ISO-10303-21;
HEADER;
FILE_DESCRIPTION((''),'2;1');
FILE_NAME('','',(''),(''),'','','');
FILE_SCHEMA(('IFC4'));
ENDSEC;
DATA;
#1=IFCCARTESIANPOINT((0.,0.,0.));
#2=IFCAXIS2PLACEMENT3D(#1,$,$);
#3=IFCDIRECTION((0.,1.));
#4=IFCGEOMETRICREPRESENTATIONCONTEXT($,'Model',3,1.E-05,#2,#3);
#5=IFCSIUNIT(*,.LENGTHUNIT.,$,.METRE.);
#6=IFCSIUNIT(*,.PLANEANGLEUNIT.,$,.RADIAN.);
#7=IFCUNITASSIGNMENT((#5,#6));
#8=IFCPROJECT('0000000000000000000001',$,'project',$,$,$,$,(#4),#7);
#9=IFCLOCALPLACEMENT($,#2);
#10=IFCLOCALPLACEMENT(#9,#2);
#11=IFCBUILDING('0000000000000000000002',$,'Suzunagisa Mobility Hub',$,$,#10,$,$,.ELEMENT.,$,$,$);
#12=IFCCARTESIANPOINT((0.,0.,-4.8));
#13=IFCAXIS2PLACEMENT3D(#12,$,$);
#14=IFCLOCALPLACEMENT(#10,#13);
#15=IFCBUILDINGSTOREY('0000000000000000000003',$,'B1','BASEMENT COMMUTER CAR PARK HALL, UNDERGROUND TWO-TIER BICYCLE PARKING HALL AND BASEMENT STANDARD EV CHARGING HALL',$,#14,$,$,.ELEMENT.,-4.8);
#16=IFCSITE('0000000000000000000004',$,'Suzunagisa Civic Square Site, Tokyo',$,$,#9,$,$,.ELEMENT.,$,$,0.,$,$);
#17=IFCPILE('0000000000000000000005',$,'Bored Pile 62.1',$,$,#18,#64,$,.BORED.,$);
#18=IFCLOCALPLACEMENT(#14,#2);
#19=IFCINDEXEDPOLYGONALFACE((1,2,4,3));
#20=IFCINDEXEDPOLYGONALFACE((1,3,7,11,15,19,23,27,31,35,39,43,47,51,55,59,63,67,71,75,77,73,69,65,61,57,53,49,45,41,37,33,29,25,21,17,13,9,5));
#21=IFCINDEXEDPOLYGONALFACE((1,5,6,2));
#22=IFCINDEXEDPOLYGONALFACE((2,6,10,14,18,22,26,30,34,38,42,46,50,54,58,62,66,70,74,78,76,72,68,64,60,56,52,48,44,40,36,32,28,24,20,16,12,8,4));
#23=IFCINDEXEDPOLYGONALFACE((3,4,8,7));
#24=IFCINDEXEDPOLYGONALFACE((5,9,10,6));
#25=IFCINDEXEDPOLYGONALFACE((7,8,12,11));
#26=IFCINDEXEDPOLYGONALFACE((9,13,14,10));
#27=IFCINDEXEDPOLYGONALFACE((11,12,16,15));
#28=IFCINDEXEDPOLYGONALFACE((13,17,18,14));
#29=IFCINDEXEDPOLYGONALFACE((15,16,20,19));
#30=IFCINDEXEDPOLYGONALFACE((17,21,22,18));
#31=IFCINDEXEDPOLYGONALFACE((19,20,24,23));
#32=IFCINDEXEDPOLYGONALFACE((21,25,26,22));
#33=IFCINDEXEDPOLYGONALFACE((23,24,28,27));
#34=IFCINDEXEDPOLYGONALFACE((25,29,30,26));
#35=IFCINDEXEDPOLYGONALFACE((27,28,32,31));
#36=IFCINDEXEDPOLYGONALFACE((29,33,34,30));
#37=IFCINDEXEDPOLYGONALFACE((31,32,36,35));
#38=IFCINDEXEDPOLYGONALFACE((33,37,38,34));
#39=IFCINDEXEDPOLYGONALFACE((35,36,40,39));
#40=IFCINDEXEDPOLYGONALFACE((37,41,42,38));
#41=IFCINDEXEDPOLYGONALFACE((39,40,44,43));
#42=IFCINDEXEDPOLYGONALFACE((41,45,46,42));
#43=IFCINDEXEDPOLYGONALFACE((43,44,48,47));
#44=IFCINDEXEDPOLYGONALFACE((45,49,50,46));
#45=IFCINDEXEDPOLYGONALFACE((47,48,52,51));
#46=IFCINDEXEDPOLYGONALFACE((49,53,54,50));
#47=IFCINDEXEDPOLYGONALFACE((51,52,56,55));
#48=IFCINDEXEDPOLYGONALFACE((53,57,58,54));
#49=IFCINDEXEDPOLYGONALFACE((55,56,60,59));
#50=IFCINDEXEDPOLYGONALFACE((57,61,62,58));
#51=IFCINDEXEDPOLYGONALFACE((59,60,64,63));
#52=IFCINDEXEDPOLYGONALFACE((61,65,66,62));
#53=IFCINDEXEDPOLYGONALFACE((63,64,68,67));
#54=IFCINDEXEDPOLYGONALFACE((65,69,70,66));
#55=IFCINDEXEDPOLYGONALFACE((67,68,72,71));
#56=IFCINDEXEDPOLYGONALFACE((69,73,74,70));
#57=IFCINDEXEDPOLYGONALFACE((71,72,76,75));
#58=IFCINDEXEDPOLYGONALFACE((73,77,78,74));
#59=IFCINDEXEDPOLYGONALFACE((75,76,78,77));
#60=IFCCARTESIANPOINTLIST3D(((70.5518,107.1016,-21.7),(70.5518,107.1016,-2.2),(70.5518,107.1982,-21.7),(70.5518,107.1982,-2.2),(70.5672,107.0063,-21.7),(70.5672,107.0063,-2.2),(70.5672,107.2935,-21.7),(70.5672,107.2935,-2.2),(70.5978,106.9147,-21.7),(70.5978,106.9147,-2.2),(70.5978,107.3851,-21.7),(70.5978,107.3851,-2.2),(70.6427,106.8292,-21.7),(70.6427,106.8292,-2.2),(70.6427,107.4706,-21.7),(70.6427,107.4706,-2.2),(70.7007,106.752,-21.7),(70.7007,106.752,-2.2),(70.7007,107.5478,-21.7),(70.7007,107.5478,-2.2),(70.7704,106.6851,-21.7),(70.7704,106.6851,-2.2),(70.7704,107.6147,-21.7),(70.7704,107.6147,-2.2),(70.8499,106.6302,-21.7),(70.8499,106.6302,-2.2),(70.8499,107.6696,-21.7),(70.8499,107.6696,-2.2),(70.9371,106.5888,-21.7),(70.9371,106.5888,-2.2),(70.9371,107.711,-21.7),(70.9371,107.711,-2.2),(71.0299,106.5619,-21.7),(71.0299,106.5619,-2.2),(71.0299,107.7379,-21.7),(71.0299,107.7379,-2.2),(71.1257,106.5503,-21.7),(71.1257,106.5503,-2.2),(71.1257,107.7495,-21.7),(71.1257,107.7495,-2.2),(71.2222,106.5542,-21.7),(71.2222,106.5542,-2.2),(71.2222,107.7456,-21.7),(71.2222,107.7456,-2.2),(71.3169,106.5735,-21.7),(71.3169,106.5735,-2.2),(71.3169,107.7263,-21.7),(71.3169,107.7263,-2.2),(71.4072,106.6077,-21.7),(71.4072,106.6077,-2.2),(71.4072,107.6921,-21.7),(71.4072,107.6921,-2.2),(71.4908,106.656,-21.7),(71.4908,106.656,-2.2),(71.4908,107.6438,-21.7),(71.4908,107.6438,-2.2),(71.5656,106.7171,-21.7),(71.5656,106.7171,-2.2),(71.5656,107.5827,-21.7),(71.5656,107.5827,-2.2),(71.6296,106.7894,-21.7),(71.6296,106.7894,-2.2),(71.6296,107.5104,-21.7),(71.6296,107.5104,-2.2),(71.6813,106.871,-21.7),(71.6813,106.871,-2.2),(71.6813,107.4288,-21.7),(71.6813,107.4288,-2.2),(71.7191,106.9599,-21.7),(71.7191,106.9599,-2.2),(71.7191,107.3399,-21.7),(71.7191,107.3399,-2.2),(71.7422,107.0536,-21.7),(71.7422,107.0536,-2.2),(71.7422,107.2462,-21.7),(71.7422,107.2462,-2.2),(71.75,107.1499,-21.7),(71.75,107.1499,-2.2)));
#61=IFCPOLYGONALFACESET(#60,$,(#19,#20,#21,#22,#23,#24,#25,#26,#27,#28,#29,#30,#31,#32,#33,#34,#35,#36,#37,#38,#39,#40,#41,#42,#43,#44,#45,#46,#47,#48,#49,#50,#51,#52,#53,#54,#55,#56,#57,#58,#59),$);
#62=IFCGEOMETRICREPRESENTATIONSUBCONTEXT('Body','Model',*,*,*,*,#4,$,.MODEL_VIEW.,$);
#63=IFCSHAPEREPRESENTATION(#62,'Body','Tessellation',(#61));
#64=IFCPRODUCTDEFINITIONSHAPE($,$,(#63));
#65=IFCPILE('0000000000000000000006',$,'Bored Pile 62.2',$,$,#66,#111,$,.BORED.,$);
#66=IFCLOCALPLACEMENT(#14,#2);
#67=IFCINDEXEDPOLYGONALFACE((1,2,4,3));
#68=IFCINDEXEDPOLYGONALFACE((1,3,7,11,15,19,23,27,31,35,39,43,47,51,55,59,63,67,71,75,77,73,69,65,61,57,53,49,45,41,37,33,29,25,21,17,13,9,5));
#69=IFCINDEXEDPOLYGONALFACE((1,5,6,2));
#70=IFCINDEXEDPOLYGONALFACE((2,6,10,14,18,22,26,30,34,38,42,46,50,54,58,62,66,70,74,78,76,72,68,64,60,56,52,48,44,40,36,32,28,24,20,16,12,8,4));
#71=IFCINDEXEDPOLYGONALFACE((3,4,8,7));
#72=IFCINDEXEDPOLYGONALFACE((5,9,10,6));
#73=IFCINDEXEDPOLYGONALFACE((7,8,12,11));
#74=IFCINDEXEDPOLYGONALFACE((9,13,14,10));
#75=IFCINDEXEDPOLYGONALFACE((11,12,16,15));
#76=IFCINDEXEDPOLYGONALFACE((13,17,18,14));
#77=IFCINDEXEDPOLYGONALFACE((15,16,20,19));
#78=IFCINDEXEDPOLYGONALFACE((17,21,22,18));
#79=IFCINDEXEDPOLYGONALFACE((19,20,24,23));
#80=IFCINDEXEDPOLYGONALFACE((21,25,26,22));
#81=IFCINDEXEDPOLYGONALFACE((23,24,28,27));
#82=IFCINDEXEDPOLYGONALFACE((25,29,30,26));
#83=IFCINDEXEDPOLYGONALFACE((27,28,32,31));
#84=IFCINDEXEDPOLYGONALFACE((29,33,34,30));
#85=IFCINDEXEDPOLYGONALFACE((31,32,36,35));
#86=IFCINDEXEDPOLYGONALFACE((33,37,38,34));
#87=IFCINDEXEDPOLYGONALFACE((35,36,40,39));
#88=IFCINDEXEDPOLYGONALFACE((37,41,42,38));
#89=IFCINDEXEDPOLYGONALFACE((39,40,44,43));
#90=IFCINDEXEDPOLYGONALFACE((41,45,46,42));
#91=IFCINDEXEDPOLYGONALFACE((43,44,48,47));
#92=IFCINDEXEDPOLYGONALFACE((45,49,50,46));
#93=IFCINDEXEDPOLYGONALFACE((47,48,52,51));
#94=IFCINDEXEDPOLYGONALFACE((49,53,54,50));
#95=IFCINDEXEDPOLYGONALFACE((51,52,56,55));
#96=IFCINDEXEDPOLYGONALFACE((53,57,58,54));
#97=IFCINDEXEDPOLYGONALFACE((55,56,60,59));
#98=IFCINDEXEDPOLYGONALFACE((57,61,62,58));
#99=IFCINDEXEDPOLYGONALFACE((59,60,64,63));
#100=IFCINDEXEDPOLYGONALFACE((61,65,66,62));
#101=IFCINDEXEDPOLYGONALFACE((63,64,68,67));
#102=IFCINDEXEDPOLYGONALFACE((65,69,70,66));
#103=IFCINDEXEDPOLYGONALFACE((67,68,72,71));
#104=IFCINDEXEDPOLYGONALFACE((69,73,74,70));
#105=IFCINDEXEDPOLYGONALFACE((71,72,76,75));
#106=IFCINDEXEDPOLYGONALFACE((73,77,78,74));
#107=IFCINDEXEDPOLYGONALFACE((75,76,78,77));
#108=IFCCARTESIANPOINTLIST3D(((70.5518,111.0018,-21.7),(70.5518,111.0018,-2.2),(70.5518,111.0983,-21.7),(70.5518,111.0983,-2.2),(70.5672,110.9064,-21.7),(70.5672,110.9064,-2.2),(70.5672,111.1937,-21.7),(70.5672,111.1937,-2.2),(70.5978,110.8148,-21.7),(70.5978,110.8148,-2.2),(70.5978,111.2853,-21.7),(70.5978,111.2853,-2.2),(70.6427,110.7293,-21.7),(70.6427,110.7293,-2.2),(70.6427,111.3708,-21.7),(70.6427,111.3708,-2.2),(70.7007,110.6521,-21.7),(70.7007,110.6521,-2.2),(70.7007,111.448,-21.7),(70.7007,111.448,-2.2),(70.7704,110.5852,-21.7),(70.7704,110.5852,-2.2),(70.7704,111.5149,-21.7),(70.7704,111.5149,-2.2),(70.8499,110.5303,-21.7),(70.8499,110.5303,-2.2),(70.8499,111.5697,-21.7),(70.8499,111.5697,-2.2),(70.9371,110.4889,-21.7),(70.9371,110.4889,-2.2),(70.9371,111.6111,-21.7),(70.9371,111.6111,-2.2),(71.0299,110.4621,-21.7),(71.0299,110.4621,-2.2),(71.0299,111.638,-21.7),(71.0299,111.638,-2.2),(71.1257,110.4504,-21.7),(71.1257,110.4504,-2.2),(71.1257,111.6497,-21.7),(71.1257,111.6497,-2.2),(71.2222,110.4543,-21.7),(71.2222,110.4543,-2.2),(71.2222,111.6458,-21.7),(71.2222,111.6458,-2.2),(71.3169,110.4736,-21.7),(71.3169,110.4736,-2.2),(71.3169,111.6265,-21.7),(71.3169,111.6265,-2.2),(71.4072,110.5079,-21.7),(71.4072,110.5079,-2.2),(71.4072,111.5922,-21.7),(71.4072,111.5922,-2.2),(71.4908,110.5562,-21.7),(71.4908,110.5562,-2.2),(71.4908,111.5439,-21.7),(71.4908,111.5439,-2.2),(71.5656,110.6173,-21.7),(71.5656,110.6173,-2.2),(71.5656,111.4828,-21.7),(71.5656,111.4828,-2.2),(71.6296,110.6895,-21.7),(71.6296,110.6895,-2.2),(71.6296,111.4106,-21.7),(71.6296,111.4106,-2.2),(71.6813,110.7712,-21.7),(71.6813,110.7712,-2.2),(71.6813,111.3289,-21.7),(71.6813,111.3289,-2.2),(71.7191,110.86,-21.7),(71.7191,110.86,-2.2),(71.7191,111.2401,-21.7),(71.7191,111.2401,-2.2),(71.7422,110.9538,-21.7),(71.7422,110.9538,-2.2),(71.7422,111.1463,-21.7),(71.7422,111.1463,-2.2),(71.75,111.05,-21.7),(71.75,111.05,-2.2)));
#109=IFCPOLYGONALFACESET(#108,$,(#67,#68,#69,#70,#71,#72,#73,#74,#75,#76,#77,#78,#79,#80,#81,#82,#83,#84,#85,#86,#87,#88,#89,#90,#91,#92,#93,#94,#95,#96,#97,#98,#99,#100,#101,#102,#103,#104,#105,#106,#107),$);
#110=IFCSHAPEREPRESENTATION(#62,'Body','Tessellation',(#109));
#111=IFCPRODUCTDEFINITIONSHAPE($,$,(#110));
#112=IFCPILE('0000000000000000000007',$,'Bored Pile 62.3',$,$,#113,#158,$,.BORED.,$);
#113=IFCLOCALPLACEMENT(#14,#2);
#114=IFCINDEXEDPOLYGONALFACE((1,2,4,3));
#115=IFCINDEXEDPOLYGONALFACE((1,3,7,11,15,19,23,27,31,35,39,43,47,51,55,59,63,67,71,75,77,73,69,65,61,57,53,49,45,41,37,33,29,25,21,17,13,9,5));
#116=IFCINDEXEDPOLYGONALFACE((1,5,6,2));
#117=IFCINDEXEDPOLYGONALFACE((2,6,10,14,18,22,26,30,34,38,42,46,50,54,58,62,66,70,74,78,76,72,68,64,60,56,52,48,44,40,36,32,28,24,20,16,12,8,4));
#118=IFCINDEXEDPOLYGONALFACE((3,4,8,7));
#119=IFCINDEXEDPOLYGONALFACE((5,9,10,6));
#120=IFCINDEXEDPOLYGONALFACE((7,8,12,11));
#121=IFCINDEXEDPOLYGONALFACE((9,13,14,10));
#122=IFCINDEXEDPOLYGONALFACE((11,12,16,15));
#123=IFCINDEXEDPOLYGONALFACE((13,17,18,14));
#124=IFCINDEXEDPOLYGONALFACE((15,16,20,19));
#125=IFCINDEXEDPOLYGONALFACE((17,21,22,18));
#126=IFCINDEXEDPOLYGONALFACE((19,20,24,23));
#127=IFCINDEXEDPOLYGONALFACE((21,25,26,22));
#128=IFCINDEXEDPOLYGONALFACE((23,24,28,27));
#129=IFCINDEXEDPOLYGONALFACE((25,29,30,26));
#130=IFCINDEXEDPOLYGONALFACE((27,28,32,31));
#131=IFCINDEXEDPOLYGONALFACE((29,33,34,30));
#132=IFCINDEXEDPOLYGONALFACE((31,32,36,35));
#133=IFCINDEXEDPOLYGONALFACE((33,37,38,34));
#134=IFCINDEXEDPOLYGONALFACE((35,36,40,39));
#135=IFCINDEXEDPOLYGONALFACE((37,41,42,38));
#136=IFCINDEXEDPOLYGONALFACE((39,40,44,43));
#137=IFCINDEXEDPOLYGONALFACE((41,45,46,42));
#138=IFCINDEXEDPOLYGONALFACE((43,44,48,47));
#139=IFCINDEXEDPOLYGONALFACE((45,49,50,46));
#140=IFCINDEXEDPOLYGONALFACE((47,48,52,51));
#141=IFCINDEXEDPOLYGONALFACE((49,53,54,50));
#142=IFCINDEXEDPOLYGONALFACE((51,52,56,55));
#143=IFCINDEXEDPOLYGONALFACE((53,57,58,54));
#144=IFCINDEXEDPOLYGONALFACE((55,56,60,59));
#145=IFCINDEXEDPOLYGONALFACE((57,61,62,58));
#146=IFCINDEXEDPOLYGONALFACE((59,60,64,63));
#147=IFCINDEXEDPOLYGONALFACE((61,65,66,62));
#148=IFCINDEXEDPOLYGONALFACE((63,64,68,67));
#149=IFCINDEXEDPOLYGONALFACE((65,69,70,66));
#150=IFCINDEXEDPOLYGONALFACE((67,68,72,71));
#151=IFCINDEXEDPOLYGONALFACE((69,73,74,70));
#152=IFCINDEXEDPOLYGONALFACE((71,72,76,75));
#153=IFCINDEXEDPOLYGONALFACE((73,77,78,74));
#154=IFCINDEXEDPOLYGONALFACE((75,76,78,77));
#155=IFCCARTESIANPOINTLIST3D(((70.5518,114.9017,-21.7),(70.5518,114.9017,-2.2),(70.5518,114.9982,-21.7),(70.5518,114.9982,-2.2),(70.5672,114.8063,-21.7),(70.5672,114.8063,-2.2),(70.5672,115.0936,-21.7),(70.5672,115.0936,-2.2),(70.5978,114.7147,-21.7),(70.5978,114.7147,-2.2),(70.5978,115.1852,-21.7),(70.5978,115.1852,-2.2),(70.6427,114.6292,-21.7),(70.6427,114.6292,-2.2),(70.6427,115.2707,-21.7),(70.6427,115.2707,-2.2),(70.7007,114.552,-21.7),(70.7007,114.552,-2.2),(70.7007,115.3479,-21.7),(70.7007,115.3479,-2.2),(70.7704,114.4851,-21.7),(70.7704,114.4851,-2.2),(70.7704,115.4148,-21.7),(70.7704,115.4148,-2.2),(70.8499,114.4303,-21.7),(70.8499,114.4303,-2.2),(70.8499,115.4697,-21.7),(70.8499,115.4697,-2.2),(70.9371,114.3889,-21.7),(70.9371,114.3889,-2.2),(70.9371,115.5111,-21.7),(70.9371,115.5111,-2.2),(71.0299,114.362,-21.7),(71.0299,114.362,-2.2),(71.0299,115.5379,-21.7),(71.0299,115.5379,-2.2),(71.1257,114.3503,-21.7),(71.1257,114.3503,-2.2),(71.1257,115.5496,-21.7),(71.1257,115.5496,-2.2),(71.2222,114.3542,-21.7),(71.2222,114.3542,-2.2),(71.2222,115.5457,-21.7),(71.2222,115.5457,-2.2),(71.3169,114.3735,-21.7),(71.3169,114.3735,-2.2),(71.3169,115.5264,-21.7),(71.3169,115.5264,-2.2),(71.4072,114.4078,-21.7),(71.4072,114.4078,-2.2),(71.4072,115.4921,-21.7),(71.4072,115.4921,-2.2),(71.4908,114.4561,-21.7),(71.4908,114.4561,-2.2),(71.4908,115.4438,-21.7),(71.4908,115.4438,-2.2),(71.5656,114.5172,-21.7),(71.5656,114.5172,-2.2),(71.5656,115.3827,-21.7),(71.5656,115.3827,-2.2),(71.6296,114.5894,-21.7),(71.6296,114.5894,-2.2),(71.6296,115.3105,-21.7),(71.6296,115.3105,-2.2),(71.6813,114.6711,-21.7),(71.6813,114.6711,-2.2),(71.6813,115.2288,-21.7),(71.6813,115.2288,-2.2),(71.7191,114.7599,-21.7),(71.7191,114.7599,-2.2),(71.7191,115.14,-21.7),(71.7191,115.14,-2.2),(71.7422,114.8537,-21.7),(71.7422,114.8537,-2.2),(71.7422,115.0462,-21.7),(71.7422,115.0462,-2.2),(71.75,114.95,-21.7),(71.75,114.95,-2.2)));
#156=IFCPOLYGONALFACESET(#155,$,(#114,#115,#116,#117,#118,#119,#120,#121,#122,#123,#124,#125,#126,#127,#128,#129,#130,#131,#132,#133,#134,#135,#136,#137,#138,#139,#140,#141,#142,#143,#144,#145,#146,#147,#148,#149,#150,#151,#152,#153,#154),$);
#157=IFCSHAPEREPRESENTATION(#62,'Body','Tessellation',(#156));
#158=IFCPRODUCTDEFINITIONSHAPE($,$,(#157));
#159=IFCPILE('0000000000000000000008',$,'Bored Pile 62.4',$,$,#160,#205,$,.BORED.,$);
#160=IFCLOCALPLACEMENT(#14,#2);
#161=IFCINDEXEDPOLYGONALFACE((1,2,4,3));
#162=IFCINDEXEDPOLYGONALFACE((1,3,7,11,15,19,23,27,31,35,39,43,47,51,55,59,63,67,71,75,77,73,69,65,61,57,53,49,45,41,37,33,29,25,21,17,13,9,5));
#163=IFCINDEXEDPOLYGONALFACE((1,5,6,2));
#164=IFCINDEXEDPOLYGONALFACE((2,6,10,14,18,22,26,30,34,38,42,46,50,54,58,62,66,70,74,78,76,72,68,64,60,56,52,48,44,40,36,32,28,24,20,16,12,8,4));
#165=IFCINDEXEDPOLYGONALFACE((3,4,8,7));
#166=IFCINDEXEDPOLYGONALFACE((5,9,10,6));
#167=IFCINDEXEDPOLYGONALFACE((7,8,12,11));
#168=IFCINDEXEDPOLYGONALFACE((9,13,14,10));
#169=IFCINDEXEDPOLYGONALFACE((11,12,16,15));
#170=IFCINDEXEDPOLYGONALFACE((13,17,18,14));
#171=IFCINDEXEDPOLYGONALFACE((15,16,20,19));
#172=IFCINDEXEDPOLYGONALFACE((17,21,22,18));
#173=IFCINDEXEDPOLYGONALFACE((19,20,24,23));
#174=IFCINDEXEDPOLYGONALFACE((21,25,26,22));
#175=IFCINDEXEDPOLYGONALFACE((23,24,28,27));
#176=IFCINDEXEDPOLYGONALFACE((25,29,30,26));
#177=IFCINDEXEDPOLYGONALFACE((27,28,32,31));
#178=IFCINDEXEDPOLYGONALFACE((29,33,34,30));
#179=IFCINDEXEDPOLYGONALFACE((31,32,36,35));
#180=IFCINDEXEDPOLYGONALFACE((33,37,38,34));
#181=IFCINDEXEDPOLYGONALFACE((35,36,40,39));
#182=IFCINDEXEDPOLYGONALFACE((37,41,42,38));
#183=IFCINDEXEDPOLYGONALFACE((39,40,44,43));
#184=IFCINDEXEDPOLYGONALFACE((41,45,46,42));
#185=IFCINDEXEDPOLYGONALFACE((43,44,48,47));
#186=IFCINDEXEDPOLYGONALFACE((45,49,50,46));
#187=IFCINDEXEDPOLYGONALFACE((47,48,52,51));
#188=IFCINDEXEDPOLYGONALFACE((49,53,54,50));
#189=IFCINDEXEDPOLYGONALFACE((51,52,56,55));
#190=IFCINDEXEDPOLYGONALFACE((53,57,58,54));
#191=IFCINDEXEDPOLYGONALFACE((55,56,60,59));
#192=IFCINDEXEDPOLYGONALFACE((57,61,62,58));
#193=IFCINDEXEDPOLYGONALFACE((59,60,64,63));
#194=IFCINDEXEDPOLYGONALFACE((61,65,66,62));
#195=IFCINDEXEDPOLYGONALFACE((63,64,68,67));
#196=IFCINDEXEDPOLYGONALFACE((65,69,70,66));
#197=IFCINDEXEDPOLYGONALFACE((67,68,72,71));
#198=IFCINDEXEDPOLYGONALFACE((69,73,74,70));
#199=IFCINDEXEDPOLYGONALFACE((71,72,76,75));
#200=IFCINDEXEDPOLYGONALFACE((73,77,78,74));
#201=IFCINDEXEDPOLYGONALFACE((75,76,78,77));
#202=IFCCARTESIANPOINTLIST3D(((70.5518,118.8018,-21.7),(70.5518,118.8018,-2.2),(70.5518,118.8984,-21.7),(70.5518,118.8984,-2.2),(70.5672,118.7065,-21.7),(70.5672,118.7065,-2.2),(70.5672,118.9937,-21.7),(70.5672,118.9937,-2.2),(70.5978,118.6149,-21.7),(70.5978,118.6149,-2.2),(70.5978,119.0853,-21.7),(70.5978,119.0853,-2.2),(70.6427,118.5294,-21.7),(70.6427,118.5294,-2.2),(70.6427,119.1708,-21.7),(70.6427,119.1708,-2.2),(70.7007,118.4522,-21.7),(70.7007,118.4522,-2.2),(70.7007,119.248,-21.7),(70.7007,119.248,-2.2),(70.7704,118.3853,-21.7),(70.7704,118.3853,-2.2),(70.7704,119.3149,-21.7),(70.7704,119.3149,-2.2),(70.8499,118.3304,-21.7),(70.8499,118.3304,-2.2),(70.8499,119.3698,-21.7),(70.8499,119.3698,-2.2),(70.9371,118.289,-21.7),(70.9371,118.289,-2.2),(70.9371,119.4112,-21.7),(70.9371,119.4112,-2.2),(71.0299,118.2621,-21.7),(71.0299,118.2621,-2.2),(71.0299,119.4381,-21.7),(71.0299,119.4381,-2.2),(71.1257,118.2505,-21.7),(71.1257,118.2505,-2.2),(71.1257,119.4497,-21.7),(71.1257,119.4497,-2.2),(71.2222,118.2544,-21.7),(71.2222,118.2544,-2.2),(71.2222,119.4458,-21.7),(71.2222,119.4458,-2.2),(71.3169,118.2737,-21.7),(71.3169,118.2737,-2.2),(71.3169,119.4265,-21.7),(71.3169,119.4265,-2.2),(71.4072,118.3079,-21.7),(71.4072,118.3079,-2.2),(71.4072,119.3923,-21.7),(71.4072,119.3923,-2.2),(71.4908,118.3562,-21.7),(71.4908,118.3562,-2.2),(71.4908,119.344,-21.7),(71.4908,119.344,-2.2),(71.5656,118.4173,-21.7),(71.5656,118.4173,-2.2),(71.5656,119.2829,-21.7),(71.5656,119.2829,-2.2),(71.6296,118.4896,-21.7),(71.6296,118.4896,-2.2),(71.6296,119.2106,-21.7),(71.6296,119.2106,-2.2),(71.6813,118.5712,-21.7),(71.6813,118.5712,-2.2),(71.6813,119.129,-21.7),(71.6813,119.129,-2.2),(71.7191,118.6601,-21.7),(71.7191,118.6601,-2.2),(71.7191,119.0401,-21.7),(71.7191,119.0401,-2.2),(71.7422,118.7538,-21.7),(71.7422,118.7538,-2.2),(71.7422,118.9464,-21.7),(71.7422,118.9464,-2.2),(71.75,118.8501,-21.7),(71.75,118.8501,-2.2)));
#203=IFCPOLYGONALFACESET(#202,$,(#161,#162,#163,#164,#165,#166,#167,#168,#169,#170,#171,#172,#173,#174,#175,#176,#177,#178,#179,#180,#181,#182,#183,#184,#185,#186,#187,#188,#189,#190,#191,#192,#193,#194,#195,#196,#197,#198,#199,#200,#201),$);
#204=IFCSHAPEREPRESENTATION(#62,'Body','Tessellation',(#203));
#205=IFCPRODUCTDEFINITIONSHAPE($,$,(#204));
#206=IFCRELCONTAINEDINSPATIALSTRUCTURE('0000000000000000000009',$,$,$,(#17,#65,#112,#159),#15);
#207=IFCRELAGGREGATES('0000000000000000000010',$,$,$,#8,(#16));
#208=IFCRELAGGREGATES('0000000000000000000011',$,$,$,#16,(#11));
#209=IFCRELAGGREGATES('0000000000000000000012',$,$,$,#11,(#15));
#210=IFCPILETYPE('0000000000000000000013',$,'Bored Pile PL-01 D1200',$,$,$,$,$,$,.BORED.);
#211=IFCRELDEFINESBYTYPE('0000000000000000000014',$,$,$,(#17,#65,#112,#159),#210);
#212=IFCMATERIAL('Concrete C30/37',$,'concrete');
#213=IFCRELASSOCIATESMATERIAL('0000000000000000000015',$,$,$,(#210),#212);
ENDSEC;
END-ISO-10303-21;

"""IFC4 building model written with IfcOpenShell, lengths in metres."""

from ifc_helpers import new_model, si_unit, direction, frame, origin, origin_2d, place, context, subcontext, project, spatial, circle, extrude, material, material_profile, profile_set, type_object, element, save


model = new_model("IFC4")

# Units and contexts
model_context = context("Model", 3, precision=1e-05, world=origin(), true_north=direction((0.0, 1.0)))
body_context = subcontext(model_context, "Body", "Model", "MODEL_VIEW")
ifc_project = project(units=[si_unit("LENGTHUNIT", "METRE"), si_unit("PLANEANGLEUNIT", "RADIAN")], contexts=[model_context])

# Site, building, storey
site_placement = place(None, origin())
site = spatial("IfcSite", under=ifc_project, at=site_placement, Name="Suzunagisa Civic Square Site, Tokyo", CompositionType="ELEMENT", RefElevation=0.0)
building_placement = place(site_placement, origin())
building = spatial("IfcBuilding", under=site, at=building_placement, Name="Suzunagisa Mobility Hub", CompositionType="ELEMENT")
storey_placement = place(building_placement, frame((0.0, 0.0, -4.8)))
storey = spatial("IfcBuildingStorey", under=building, at=storey_placement, Name="B1", Description="BASEMENT COMMUTER CAR PARK HALL, UNDERGROUND TWO-TIER BICYCLE PARKING HALL AND BASEMENT STANDARD EV CHARGING HALL", CompositionType="ELEMENT", Elevation=-4.8)

# Piles
ifc_material_1 = material(Name="Concrete C30/37", Category="concrete")
ifc_material_profile_1 = material_profile(ifc_material_1, circle(Radius=0.6001, at=origin_2d()), Name="BORED PILE D1200")
ifc_profile_set_1 = profile_set([ifc_material_profile_1], Name="Concrete C30/37")
pile_type = type_object("IfcPileType", Name="Bored Pile PL-01 D1200", PredefinedType="BORED", material=ifc_profile_set_1)
for number, where, z_axis, x_axis, name in (
    (1, (71.1499, 107.1499, -2.2), (0.0, 0.0, -1.0), (1.0, 0.0, 0.0), "Bored Pile 62.1"),
    (2, (71.1499, 111.05, -2.2), (0.0, 0.0, -1.0), (1.0, 0.0, 0.0), "Bored Pile 62.2"),
    (3, (71.1499, 114.95, -2.2), (0.0, 0.0, -1.0), (1.0, 0.0, 0.0), "Bored Pile 62.3"),
    (4, (71.1499, 118.8501, -2.2), (0.0, 0.0, -1.0), (1.0, 0.0, 0.0), "Bored Pile 62.4"),
):
    element("IfcPile", number, at=place(storey_placement, frame(where, z_axis=z_axis, x_axis=x_axis)), inside=storey, type_object=pile_type, Name=name, PredefinedType="BORED", context=body_context, shape_type="SweptSolid", body=[
        extrude(circle(Radius=0.6001, at=origin_2d()), origin(), (0.0, 0.0, 1.0), 19.5),
    ])

save(model, "model.ifc")
